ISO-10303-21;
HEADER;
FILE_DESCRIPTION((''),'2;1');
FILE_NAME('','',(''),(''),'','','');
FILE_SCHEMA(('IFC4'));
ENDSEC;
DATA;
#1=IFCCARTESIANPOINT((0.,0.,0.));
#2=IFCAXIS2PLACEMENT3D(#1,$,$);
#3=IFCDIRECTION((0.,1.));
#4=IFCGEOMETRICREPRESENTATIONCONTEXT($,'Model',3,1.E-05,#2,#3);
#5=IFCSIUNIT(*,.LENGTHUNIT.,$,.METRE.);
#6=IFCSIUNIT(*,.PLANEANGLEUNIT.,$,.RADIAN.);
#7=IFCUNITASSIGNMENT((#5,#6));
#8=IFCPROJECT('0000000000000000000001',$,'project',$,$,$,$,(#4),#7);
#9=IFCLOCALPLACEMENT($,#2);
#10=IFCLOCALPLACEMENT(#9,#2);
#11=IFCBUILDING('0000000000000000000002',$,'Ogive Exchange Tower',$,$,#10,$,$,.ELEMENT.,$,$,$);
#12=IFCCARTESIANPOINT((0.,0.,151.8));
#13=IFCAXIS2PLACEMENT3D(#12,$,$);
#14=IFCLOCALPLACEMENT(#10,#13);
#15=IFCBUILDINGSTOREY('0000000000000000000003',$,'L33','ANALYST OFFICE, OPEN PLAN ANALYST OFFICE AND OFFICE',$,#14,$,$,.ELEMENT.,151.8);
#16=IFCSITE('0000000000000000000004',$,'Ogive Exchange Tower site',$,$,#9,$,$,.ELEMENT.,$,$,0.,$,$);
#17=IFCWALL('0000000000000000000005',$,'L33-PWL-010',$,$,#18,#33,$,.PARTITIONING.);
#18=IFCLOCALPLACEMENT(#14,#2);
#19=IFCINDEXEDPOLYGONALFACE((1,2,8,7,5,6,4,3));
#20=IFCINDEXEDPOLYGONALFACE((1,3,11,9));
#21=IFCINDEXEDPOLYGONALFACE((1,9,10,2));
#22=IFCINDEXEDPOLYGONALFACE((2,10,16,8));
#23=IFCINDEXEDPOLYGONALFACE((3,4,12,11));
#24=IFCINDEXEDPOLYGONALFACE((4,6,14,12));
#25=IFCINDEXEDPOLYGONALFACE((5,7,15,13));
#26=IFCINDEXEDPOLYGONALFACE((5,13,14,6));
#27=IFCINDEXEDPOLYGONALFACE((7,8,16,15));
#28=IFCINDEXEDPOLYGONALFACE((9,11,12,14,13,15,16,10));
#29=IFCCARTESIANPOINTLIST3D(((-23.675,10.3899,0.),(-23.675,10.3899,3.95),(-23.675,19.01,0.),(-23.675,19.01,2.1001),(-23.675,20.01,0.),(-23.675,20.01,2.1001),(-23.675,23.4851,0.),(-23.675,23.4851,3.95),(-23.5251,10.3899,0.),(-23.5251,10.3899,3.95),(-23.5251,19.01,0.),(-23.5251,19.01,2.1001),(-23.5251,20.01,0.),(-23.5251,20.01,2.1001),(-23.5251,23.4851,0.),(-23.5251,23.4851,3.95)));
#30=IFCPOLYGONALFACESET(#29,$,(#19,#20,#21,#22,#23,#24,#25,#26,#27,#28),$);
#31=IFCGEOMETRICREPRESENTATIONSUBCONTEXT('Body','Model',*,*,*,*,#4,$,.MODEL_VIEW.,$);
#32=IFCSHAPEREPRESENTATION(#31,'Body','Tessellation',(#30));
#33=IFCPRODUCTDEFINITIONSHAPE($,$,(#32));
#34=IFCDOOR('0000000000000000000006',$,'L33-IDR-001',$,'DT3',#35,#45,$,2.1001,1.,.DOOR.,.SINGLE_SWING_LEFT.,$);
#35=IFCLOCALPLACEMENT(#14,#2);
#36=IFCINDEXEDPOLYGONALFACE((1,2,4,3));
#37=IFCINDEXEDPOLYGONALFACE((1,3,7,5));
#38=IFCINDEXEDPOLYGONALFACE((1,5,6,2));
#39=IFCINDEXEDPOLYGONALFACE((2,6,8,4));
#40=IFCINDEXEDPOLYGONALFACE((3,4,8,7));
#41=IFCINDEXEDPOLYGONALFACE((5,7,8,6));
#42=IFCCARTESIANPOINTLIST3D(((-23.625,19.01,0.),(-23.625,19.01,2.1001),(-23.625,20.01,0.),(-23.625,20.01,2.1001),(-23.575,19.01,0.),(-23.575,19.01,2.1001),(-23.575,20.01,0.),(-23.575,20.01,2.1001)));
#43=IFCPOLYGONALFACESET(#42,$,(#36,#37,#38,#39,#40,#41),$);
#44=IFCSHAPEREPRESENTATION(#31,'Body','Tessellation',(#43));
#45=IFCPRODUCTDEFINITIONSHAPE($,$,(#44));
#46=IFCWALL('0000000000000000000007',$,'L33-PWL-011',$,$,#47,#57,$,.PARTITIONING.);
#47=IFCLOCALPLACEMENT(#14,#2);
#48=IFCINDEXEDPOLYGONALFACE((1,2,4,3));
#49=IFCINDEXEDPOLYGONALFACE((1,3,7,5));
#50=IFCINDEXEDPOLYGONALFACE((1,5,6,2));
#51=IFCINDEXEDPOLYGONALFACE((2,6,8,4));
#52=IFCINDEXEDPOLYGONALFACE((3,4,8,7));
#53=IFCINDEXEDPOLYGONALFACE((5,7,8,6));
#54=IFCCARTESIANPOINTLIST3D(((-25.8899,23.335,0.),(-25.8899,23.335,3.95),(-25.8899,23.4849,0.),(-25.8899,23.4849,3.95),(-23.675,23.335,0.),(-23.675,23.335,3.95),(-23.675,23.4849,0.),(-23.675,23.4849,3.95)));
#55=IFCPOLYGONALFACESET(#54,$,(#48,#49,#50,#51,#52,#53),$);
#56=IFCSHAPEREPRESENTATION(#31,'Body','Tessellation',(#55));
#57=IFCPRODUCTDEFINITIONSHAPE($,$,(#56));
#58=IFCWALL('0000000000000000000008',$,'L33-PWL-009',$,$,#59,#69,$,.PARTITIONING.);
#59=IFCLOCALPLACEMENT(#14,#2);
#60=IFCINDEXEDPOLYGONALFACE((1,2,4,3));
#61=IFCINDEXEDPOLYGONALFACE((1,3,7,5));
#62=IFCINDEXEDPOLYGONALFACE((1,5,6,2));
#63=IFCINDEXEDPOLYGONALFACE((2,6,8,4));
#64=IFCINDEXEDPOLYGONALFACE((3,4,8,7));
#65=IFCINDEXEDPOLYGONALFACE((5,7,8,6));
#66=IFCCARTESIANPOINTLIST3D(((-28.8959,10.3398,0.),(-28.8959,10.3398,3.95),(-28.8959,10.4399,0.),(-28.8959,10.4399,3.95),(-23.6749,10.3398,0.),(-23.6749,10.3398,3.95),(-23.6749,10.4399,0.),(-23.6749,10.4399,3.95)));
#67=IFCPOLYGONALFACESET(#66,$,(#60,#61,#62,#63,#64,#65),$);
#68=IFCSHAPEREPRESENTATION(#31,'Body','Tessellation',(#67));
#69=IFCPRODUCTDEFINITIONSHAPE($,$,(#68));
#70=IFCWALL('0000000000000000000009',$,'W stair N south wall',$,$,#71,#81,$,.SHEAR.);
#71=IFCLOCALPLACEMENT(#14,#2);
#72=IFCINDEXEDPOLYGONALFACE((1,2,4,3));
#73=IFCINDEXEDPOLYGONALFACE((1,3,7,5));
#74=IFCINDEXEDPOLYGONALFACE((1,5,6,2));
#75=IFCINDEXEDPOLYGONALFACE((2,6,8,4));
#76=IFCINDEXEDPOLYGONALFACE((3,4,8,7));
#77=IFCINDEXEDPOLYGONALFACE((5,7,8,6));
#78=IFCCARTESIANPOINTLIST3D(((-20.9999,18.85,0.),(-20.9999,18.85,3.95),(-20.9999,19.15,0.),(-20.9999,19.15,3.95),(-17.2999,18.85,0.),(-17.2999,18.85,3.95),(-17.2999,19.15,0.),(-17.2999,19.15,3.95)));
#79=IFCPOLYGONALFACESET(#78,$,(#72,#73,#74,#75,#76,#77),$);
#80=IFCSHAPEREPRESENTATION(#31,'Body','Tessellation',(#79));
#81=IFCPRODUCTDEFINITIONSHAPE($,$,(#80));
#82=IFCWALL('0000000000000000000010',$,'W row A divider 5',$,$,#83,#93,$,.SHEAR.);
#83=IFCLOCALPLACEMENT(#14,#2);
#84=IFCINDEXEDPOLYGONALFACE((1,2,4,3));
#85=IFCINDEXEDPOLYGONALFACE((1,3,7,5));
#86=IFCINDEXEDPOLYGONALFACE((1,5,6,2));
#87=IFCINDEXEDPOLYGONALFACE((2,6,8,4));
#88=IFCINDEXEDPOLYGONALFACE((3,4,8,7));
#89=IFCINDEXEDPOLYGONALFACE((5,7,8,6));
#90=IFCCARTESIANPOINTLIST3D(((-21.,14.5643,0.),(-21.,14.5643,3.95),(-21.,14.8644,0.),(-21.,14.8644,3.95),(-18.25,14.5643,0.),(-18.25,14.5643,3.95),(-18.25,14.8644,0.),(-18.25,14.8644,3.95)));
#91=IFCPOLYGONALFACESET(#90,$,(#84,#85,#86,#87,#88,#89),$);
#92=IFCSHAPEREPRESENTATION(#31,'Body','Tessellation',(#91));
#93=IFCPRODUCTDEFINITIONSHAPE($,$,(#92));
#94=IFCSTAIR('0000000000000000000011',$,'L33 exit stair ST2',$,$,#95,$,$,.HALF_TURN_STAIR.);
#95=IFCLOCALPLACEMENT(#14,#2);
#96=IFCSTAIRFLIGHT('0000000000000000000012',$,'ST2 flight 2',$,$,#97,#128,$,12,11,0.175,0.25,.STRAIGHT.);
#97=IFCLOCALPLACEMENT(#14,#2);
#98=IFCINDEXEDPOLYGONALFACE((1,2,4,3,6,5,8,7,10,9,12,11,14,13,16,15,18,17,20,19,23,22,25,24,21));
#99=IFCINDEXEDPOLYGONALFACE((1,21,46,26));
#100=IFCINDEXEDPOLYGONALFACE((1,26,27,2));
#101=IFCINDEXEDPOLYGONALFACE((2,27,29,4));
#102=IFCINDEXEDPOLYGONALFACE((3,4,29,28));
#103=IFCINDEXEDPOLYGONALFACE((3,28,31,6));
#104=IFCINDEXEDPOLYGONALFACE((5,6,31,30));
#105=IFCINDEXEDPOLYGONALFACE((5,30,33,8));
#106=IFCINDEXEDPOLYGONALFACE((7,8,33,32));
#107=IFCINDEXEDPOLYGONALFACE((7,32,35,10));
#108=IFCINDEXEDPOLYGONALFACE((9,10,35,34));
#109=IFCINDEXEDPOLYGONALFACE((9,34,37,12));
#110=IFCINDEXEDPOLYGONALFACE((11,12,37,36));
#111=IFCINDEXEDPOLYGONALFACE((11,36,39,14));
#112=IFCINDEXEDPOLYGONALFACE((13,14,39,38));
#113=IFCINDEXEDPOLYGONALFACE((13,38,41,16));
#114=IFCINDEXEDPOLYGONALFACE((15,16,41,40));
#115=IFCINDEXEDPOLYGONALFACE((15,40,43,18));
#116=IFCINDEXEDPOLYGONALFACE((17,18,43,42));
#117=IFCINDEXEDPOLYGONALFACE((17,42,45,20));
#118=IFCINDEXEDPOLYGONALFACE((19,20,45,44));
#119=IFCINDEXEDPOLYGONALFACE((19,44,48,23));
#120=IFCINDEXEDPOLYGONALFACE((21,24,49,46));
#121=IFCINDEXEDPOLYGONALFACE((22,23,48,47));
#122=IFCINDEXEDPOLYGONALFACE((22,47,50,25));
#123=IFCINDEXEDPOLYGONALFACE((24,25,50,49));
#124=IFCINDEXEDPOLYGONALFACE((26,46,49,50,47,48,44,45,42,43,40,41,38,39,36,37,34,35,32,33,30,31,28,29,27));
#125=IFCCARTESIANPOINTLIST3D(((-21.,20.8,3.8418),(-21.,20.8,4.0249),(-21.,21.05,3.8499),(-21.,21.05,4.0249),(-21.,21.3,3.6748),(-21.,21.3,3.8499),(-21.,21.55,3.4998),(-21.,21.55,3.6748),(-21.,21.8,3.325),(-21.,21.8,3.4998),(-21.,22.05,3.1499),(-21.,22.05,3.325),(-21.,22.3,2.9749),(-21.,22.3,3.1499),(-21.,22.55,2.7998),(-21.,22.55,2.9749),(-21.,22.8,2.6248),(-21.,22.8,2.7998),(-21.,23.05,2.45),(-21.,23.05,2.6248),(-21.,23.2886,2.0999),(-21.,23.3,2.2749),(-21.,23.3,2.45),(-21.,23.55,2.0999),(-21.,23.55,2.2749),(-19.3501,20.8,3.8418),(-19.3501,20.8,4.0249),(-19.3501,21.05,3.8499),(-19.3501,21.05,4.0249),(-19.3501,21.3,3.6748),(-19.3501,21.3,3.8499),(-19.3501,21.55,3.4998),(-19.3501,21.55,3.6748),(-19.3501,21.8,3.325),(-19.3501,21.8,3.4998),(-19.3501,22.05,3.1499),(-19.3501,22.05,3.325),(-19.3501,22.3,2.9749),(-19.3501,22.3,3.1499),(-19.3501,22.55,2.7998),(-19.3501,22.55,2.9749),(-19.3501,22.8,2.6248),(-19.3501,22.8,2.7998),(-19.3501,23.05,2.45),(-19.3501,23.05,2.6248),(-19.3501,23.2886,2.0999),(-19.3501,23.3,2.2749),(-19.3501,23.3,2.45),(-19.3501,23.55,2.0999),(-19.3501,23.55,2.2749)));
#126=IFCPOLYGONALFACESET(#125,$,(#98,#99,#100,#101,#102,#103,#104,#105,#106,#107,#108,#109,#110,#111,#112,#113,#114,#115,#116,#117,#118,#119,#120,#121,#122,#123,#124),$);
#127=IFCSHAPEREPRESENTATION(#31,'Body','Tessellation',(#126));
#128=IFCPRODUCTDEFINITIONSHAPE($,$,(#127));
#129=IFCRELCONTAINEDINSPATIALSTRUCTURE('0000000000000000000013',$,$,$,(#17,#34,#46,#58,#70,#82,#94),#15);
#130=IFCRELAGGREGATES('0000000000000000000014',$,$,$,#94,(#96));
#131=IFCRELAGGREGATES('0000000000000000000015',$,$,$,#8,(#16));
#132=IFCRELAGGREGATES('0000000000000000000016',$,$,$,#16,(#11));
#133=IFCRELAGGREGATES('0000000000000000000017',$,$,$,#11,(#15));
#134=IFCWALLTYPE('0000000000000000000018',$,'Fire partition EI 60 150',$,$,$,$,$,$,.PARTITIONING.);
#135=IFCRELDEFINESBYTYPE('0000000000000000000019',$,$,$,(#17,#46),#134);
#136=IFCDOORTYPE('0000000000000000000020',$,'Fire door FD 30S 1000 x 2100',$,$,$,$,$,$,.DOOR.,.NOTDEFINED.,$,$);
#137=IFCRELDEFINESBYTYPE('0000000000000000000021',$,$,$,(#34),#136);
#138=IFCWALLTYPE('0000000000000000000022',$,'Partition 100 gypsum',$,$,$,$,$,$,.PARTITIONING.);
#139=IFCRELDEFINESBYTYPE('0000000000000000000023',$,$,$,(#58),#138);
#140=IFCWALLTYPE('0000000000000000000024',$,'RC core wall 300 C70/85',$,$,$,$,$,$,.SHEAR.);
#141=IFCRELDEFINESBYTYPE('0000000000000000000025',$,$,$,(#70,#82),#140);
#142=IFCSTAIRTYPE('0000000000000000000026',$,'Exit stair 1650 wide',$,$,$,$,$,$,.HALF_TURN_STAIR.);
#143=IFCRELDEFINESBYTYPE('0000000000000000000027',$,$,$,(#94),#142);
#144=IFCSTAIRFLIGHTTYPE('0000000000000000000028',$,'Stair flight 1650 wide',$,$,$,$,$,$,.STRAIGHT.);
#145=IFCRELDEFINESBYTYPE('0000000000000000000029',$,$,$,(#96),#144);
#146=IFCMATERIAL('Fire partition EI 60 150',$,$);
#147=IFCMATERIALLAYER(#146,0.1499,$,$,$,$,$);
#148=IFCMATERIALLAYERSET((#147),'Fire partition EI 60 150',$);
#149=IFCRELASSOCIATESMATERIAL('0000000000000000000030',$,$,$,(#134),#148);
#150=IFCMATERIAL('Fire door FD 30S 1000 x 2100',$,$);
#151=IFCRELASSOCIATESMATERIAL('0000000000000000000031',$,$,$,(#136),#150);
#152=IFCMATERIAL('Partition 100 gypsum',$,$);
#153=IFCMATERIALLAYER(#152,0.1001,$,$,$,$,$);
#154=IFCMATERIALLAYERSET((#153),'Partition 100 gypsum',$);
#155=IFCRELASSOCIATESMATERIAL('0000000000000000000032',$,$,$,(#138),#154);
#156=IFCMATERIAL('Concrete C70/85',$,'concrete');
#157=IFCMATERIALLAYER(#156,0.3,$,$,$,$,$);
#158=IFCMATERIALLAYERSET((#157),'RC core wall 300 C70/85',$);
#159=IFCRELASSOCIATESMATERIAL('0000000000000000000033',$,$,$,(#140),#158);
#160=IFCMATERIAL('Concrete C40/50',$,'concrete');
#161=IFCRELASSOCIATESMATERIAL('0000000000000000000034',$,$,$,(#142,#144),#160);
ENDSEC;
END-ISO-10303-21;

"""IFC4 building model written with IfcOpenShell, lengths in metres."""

from ifc_helpers import new_model, si_unit, direction, frame, frame_2d, origin, place, context, subcontext, project, spatial, polyline, rectangle, outline, extrude, material, layer, layer_set, type_object, element, fill, aggregate, save


model = new_model("IFC4")

# Units and contexts
model_context = context("Model", 3, precision=1e-05, world=origin(), true_north=direction((0.0, 1.0)))
body_context = subcontext(model_context, "Body", "Model", "MODEL_VIEW")
ifc_project = project(units=[si_unit("LENGTHUNIT", "METRE"), si_unit("PLANEANGLEUNIT", "RADIAN")], contexts=[model_context])

# Site, building, storey
site_placement = place(None, origin())
site = spatial("IfcSite", under=ifc_project, at=site_placement, Name="Ogive Exchange Tower site", CompositionType="ELEMENT", RefElevation=0.0)
building_placement = place(site_placement, origin())
building = spatial("IfcBuilding", under=site, at=building_placement, Name="Ogive Exchange Tower", CompositionType="ELEMENT")
storey_placement = place(building_placement, frame((0.0, 0.0, 151.8)))
storey = spatial("IfcBuildingStorey", under=building, at=storey_placement, Name="L33", Description="ANALYST OFFICE, OPEN PLAN ANALYST OFFICE AND OFFICE", CompositionType="ELEMENT", Elevation=151.8)

# Wall, opening, door
ifc_material_1 = material(Name="Fire partition EI 60 150")
ifc_layer_1 = layer(ifc_material_1, 0.1499)
ifc_layer_set_1 = layer_set([ifc_layer_1], Name="Fire partition EI 60 150")
wall_type_1 = type_object("IfcWallType", Name="Fire partition EI 60 150", PredefinedType="PARTITIONING", material=ifc_layer_set_1)
wall_1_placement = place(storey_placement, frame((-23.6001, 10.3899, 0.0), z_axis=(0.0, 0.0, 1.0), x_axis=(0.0, 1.0, 0.0)))
wall_1 = element("IfcWall", 1, at=wall_1_placement, inside=storey, type_object=wall_type_1, Name="L33-PWL-010", PredefinedType="PARTITIONING", context=body_context, shape_type="SweptSolid", body=[
    extrude(rectangle(XDim=13.0952, YDim=0.1499, at=frame_2d((6.5476, 0.0))), origin(), (0.0, 0.0, 1.0), 3.95),
])
opening_placement = place(wall_1_placement, frame((8.6201, 0.0, 0.0)))
opening = element("IfcOpeningElement", 2, at=opening_placement, cuts=wall_1, PredefinedType="OPENING", context=body_context, shape_type="SweptSolid", body=[
    extrude(rectangle(XDim=1.0, YDim=2.1001, at=frame_2d((0.5, 1.05))), frame((0.0, 0.085, 0.0), z_axis=(0.0, -1.0, 0.0), x_axis=(1.0, 0.0, 0.0)), (0.0, 0.0, 1.0), 0.1699),
])
ifc_material_2 = material(Name="Fire door FD 30S 1000 x 2100")
door_type = type_object("IfcDoorType", Name="Fire door FD 30S 1000 x 2100", OperationType="NOTDEFINED", PredefinedType="DOOR", material=ifc_material_2)
door_placement = place(opening_placement, origin())
door = element("IfcDoor", 3, at=door_placement, inside=storey, type_object=door_type, Name="L33-IDR-001", ObjectType="DT3", OperationType="SINGLE_SWING_LEFT", OverallHeight=2.1001, OverallWidth=1.0, PredefinedType="DOOR", context=body_context, shape_type="SweptSolid", body=[
    extrude(rectangle(XDim=1.0, YDim=2.1001, at=frame_2d((0.5, 1.05))), frame((0.0, 0.0249, 0.0), z_axis=(0.0, -1.0, 0.0), x_axis=(1.0, 0.0, 0.0)), (0.0, 0.0, 1.0), 0.05),
])
fill(opening, door)

# Walls
wall_2_placement = place(storey_placement, frame((-23.675, 23.4099, 0.0), z_axis=(0.0, 0.0, 1.0), x_axis=(-1.0, 0.0, 0.0)))
element("IfcWall", 4, at=wall_2_placement, inside=storey, type_object=wall_type_1, Name="L33-PWL-011", PredefinedType="PARTITIONING", context=body_context, shape_type="SweptSolid", body=[
    extrude(rectangle(XDim=2.2148, YDim=0.1499, at=frame_2d((1.1074, 0.0))), origin(), (0.0, 0.0, 1.0), 3.95),
])
ifc_material_3 = material(Name="Partition 100 gypsum")
ifc_layer_2 = layer(ifc_material_3, 0.1001)
ifc_layer_set_2 = layer_set([ifc_layer_2], Name="Partition 100 gypsum")
wall_type_2 = type_object("IfcWallType", Name="Partition 100 gypsum", PredefinedType="PARTITIONING", material=ifc_layer_set_2)
wall_3_placement = place(storey_placement, frame((-23.675, 10.3899, 0.0), z_axis=(0.0, 0.0, 1.0), x_axis=(-1.0, 0.0, 0.0)))
element("IfcWall", 5, at=wall_3_placement, inside=storey, type_object=wall_type_2, Name="L33-PWL-009", PredefinedType="PARTITIONING", context=body_context, shape_type="SweptSolid", body=[
    extrude(rectangle(XDim=5.2209, YDim=0.1001, at=frame_2d((2.6104, 0.0))), origin(), (0.0, 0.0, 1.0), 3.95),
])
ifc_material_4 = material(Name="Concrete C70/85", Category="concrete")
ifc_layer_3 = layer(ifc_material_4, 0.3)
ifc_layer_set_3 = layer_set([ifc_layer_3], Name="RC core wall 300 C70/85")
wall_type_3 = type_object("IfcWallType", Name="RC core wall 300 C70/85", PredefinedType="SHEAR", material=ifc_layer_set_3)
wall_4_placement = place(storey_placement, frame((-21.0, 19.0, 0.0), z_axis=(0.0, 0.0, 1.0), x_axis=(1.0, 0.0, 0.0)))
element("IfcWall", 6, at=wall_4_placement, inside=storey, type_object=wall_type_3, Name="W stair N south wall", PredefinedType="SHEAR", context=body_context, shape_type="SweptSolid", body=[
    extrude(rectangle(XDim=3.7, YDim=0.3, at=frame_2d((1.8501, 0.0))), origin(), (0.0, 0.0, 1.0), 3.95),
])
wall_5_placement = place(storey_placement, frame((-21.0, 14.7144, 0.0), z_axis=(0.0, 0.0, 1.0), x_axis=(1.0, 0.0, 0.0)))
element("IfcWall", 7, at=wall_5_placement, inside=storey, type_object=wall_type_3, Name="W row A divider 5", PredefinedType="SHEAR", context=body_context, shape_type="SweptSolid", body=[
    extrude(rectangle(XDim=2.75, YDim=0.3, at=frame_2d((1.375, 0.0))), origin(), (0.0, 0.0, 1.0), 3.95),
])

# Stair, stair flight
ifc_material_5 = material(Name="Concrete C40/50", Category="concrete")
stair_type = type_object("IfcStairType", Name="Exit stair 1650 wide", PredefinedType="HALF_TURN_STAIR", material=ifc_material_5)
stair_placement = place(storey_placement, origin())
stair = element("IfcStair", 8, at=stair_placement, inside=storey, type_object=stair_type, Name="L33 exit stair ST2", PredefinedType="HALF_TURN_STAIR")
stair_flight_type = type_object("IfcStairFlightType", Name="Stair flight 1650 wide", PredefinedType="STRAIGHT", material=ifc_material_5)
stair_flight_placement = place(storey_placement, frame((-20.175, 23.55, 2.0999), z_axis=(0.0, 0.0, 1.0), x_axis=(0.0, -1.0, 0.0)))
stair_flight = element("IfcStairFlight", 9, at=stair_flight_placement, type_object=stair_flight_type, Name="ST2 flight 2", NumberOfRisers=12, NumberOfTreads=11, PredefinedType="STRAIGHT", RiserHeight=0.175, TreadLength=0.25, context=body_context, shape_type="SweptSolid", body=[
    extrude(outline(polyline([(0.0, 0.0), (0.0, 0.175), (0.25, 0.175), (0.25, 0.3501), (0.5, 0.3501), (0.5, 0.5249), (0.75, 0.5249), (0.75, 0.7), (1.0, 0.7), (1.0, 0.875), (1.25, 0.875), (1.25, 1.05), (1.5, 1.05), (1.5, 1.2251), (1.75, 1.2251), (1.75, 1.3999), (2.0, 1.3999), (2.0, 1.575), (2.25, 1.575), (2.25, 1.75), (2.5, 1.75), (2.5, 1.925), (2.75, 1.925), (2.75, 2.1001), (2.75, 1.7419), (0.2615, 0.0), (0.0, 0.0)])), frame((0.0, 0.825, 0.0), z_axis=(0.0, -1.0, 0.0), x_axis=(1.0, 0.0, 0.0)), (0.0, 0.0, 1.0), 1.6499),
])
aggregate(stair, [stair_flight])

save(model, "model.ifc")
